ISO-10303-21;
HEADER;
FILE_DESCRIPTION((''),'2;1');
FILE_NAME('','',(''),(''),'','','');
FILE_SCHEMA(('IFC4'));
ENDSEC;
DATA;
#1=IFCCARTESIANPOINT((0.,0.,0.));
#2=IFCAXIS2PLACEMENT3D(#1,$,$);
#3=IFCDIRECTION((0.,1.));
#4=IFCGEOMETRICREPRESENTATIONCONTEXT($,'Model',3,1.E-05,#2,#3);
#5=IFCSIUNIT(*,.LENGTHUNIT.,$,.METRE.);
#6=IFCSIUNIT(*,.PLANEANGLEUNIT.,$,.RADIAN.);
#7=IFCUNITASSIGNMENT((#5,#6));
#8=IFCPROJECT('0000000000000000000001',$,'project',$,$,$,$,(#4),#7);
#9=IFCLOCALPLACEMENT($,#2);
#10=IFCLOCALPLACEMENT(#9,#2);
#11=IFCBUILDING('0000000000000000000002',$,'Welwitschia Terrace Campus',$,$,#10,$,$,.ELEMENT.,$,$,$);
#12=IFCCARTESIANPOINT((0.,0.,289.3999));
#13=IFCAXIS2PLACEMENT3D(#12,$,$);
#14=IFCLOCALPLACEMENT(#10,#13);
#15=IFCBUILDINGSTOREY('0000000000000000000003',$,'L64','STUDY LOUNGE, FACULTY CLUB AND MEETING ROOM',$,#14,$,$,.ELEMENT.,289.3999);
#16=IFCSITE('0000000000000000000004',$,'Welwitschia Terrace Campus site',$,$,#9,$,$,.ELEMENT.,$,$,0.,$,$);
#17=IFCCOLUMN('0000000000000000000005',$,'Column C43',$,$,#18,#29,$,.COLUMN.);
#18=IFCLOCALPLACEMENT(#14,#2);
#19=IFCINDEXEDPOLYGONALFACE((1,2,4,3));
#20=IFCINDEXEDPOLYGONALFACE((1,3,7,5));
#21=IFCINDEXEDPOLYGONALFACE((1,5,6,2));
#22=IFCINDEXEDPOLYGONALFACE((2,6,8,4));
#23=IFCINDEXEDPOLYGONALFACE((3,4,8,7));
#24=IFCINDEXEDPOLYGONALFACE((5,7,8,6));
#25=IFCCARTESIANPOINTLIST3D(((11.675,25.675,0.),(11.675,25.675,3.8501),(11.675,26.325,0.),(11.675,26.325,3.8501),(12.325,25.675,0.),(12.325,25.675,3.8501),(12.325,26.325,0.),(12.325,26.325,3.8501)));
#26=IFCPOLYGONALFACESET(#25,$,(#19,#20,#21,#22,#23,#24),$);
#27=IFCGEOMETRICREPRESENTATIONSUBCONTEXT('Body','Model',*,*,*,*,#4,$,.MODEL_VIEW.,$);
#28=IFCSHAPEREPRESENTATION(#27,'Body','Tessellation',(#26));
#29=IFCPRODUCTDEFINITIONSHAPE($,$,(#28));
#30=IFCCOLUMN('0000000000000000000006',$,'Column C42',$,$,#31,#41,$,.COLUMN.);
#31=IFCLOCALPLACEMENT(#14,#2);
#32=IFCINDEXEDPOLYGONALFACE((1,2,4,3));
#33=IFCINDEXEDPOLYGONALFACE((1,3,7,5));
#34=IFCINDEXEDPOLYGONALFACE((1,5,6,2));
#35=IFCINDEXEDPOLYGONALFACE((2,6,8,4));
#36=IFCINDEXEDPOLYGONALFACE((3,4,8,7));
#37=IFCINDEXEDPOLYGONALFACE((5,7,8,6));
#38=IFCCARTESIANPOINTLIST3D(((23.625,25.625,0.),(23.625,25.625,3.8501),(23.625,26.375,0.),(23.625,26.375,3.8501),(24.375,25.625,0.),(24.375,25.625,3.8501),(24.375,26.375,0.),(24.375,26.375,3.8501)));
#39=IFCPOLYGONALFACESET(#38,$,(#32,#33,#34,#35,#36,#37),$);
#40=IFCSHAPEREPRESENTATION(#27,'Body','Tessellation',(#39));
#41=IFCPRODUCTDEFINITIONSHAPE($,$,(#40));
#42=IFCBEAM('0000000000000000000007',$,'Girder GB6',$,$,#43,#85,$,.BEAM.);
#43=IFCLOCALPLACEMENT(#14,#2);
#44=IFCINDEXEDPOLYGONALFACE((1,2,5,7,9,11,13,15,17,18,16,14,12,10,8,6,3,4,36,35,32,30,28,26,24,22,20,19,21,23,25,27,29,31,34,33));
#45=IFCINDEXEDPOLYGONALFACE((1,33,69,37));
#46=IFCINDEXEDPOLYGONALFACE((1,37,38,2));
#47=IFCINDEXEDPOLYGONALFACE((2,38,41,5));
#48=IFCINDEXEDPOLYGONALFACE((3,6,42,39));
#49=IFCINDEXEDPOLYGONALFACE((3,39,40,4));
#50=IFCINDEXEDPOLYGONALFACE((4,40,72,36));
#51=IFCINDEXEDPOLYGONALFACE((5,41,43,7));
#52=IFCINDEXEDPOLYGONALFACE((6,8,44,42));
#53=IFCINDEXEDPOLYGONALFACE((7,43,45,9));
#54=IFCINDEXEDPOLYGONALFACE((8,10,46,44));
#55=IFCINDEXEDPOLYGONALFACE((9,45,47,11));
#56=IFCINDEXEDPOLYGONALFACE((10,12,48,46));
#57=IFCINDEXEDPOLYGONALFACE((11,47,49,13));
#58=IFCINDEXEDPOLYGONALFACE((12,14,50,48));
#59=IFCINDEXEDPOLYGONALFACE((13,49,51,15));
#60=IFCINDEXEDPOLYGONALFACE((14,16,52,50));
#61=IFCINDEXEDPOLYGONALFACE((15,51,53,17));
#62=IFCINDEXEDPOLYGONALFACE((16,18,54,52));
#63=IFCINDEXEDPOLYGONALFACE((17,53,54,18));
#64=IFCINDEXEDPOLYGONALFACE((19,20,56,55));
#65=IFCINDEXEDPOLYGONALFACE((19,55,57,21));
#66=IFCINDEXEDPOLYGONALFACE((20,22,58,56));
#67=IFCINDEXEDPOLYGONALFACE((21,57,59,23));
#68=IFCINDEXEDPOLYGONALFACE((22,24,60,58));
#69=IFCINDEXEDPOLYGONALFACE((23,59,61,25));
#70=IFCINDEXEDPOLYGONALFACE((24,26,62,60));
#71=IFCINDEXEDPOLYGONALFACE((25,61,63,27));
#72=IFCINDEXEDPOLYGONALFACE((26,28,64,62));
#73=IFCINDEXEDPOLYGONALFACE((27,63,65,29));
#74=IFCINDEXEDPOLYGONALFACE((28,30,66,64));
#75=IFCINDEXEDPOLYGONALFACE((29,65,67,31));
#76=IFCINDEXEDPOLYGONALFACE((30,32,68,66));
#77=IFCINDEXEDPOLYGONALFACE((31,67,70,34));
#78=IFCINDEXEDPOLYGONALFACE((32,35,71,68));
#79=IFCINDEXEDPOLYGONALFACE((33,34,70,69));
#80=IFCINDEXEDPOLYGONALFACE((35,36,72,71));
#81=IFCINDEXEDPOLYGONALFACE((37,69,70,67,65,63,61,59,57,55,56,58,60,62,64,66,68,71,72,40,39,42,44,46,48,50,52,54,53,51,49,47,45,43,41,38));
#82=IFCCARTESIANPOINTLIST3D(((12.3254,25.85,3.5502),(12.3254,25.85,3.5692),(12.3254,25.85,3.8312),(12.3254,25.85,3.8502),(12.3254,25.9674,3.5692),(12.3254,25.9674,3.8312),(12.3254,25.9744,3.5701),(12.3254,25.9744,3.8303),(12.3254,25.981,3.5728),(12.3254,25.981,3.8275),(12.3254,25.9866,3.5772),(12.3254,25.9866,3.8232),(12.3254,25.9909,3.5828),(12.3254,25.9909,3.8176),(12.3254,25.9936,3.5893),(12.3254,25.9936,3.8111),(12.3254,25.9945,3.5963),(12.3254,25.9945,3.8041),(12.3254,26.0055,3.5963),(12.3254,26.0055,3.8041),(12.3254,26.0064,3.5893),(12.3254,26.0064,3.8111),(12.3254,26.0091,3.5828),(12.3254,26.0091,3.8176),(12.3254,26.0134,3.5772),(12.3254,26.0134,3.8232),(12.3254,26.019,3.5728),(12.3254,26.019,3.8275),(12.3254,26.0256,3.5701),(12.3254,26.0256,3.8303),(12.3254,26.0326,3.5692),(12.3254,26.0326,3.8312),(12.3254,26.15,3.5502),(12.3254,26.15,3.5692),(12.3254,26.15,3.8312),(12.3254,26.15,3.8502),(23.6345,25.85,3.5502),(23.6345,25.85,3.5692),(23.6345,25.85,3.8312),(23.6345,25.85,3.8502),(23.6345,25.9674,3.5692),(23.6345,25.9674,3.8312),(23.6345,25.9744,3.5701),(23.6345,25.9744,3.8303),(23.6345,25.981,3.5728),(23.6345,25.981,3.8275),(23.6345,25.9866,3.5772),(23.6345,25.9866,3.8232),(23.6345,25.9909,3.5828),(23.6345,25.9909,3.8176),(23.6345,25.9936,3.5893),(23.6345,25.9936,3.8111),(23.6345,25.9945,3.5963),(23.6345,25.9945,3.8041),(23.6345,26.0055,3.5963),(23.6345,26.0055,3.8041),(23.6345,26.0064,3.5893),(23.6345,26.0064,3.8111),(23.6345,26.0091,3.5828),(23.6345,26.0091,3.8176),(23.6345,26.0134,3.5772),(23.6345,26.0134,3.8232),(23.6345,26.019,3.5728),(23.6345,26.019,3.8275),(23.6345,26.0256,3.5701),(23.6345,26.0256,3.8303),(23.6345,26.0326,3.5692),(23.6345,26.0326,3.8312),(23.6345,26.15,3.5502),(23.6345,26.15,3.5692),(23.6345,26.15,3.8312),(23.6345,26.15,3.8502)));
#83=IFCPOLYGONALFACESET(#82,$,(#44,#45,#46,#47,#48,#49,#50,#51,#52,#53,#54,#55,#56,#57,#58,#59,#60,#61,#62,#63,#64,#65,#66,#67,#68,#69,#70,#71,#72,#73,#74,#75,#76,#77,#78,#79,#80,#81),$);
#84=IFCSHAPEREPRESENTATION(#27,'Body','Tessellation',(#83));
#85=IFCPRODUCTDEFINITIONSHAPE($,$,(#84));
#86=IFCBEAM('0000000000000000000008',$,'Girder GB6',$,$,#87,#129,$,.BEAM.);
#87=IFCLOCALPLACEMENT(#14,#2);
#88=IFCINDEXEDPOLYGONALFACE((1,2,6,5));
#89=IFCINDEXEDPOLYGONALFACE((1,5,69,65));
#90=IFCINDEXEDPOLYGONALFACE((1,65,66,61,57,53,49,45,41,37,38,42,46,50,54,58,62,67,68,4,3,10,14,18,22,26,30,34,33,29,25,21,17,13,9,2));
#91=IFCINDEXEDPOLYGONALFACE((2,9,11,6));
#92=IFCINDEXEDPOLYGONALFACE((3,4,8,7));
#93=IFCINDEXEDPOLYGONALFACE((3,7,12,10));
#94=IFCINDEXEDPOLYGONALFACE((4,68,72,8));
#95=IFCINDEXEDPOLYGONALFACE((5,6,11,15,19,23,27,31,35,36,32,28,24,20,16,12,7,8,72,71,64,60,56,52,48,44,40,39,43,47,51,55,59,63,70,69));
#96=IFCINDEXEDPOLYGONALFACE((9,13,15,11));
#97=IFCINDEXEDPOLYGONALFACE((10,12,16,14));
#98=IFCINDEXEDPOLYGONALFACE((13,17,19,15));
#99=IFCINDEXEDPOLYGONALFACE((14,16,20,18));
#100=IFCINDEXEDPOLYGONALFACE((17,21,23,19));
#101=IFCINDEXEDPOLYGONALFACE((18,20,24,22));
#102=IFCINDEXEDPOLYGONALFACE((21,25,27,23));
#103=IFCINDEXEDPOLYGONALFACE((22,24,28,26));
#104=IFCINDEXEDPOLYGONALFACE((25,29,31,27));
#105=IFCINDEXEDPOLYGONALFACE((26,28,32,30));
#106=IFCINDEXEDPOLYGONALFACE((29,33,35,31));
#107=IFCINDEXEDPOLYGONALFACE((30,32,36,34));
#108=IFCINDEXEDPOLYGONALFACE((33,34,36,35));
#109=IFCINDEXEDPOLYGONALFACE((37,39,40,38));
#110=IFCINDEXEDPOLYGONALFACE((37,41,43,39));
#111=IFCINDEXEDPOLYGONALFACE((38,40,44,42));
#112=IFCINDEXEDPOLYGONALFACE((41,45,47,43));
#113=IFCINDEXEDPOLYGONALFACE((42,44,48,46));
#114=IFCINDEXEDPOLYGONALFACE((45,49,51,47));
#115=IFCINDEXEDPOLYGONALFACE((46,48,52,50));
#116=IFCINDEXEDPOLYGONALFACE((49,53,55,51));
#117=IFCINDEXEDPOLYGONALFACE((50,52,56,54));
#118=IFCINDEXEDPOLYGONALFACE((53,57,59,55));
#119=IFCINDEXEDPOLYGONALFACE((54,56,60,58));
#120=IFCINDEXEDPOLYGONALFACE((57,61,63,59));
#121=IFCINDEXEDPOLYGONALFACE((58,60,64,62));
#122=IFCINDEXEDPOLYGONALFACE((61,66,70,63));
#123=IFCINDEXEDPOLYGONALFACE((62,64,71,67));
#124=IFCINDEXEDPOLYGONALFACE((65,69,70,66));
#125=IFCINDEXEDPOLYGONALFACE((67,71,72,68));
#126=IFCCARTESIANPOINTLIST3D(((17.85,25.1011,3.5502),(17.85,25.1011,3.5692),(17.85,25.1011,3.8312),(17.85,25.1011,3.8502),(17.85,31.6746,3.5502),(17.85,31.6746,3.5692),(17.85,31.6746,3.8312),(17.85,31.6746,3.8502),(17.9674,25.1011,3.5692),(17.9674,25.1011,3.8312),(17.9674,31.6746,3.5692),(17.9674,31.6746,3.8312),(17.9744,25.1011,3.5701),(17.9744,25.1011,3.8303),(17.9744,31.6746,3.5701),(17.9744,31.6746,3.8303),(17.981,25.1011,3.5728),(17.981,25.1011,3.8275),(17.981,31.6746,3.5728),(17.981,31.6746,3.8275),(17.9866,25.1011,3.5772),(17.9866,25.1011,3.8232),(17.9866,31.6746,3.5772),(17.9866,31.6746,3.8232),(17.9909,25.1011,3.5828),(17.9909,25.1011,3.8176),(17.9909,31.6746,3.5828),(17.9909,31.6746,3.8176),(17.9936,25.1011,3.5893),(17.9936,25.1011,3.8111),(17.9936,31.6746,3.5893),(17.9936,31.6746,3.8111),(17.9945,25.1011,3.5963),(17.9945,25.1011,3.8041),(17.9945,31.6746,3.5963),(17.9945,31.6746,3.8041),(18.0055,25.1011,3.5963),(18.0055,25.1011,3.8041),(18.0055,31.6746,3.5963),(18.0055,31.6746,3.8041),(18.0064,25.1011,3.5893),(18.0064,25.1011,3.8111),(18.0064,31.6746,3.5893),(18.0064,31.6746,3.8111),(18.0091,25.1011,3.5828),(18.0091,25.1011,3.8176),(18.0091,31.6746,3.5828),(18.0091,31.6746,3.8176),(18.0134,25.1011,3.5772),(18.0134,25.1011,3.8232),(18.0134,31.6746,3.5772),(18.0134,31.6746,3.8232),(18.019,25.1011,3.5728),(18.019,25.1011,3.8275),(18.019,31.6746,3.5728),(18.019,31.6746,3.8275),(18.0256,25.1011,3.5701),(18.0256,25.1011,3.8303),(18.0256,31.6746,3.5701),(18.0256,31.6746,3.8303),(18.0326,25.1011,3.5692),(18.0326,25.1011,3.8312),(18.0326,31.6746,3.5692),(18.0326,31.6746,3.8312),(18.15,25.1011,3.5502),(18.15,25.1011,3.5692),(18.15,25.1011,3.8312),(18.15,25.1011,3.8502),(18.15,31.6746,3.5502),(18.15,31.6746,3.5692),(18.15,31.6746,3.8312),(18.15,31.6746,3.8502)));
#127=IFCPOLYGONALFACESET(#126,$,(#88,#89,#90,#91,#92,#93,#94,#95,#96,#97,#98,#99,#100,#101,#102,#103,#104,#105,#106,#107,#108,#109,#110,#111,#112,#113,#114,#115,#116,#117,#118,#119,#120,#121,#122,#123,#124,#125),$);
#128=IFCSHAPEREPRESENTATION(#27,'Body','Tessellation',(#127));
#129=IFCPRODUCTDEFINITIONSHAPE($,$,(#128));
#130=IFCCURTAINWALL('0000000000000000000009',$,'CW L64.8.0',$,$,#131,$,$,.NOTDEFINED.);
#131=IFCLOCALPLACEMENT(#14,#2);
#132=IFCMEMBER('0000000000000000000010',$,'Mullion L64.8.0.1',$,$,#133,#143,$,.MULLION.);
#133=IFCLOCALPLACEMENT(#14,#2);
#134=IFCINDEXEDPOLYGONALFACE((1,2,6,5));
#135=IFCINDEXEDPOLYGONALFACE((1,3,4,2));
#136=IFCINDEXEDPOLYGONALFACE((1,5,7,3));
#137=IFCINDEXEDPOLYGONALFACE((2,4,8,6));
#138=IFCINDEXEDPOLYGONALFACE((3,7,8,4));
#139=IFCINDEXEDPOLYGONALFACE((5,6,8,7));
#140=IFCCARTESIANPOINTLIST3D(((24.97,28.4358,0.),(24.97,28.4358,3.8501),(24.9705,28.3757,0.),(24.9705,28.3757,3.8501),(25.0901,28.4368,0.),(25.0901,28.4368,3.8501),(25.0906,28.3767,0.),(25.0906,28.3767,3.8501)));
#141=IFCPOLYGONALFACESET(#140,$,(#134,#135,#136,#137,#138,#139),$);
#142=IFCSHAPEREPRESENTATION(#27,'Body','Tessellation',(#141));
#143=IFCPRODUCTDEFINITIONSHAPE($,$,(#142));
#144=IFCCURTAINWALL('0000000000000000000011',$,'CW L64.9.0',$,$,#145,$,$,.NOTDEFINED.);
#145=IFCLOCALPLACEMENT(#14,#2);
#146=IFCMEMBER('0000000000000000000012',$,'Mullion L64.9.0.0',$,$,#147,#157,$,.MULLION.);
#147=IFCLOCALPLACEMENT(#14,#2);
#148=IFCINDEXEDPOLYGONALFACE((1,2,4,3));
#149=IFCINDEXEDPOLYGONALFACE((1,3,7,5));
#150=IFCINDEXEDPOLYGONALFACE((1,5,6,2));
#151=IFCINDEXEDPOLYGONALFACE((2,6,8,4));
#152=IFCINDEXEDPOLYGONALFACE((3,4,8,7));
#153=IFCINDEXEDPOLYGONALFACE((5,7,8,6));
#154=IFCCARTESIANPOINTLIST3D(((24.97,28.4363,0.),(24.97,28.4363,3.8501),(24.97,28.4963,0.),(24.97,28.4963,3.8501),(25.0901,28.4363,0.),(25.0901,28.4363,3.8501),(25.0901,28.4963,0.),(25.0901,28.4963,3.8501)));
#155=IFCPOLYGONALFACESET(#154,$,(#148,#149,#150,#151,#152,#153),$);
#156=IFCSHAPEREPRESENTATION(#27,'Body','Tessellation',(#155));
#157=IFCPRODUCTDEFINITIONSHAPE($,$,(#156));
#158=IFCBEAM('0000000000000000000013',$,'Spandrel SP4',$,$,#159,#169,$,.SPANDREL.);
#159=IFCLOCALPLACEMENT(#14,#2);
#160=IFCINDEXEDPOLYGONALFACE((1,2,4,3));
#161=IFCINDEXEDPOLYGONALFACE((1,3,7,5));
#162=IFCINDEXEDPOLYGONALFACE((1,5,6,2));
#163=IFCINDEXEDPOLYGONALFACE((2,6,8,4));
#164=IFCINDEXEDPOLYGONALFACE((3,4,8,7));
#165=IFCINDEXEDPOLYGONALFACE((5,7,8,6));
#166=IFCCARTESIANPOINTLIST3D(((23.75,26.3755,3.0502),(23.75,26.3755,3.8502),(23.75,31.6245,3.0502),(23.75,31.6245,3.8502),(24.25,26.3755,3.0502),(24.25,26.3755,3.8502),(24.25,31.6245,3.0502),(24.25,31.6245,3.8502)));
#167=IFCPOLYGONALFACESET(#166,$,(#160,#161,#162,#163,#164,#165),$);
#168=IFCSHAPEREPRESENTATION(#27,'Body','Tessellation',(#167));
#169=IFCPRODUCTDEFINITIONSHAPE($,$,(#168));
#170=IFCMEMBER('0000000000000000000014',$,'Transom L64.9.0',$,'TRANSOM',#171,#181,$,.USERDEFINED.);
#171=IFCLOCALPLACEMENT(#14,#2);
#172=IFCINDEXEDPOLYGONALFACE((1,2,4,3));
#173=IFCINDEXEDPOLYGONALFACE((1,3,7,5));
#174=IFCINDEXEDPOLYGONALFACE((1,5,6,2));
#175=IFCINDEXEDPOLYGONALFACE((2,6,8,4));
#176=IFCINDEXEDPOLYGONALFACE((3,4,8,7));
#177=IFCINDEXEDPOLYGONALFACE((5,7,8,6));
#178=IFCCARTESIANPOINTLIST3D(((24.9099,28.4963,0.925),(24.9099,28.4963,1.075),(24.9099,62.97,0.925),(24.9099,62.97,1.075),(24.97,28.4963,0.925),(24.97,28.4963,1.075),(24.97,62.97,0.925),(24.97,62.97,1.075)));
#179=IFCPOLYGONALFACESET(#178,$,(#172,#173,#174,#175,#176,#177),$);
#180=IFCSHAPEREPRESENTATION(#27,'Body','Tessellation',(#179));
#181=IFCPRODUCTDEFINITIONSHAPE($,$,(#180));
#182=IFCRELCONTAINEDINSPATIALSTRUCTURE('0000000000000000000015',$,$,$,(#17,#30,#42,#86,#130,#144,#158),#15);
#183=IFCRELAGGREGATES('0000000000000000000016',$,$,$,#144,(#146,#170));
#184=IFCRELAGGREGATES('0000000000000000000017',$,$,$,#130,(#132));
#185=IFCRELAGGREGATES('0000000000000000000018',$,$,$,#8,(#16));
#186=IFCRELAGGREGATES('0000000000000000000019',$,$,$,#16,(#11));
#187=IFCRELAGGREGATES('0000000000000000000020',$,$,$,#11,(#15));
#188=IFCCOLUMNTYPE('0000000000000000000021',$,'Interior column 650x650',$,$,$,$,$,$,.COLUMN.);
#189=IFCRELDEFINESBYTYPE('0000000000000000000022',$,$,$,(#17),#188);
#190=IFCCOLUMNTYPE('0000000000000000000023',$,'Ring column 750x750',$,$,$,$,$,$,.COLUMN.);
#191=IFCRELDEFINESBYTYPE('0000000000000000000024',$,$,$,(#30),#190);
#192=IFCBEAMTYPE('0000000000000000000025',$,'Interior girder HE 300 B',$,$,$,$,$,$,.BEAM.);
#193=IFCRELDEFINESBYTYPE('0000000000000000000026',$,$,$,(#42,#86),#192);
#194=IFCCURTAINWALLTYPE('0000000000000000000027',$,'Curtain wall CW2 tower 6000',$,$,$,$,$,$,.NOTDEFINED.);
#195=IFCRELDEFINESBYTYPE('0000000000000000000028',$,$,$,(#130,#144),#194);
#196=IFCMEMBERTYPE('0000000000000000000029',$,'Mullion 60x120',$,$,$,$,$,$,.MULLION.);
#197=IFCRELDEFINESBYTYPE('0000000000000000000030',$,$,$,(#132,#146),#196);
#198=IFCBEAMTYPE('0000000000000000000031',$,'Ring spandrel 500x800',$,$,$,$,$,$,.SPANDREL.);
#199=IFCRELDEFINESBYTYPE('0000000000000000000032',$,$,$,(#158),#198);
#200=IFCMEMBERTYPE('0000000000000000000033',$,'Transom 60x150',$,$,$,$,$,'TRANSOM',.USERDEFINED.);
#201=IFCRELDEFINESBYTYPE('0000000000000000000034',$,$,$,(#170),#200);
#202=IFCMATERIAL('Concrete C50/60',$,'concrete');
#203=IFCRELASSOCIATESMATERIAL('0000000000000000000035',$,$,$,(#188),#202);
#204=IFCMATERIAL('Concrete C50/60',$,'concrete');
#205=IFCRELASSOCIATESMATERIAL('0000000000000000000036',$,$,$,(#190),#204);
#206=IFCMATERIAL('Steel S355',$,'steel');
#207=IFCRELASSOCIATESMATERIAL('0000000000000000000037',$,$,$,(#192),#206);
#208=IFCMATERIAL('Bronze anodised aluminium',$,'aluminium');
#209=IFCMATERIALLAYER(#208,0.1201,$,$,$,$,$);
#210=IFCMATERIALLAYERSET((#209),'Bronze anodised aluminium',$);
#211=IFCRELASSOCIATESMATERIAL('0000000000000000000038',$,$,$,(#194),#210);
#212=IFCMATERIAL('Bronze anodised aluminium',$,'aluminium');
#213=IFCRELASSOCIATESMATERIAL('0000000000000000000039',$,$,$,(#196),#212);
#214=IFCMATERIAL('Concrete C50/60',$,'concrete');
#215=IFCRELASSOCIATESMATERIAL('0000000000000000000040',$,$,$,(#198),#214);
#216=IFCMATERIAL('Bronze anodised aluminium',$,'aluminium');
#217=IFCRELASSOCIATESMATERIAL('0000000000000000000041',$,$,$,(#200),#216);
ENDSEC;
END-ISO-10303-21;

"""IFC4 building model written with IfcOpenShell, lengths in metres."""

from ifc_helpers import new_model, si_unit, direction, frame, origin, origin_2d, place, context, subcontext, project, spatial, rectangle, i_section, extrude, material, layer, layer_set, material_profile, profile_set, type_object, element, aggregate, save


model = new_model("IFC4")

# Units and contexts
model_context = context("Model", 3, precision=1e-05, world=origin(), true_north=direction((0.0, 1.0)))
body_context = subcontext(model_context, "Body", "Model", "MODEL_VIEW")
ifc_project = project(units=[si_unit("LENGTHUNIT", "METRE"), si_unit("PLANEANGLEUNIT", "RADIAN")], contexts=[model_context])

# Site, building, storey
site_placement = place(None, origin())
site = spatial("IfcSite", under=ifc_project, at=site_placement, Name="Welwitschia Terrace Campus site", CompositionType="ELEMENT", RefElevation=0.0)
building_placement = place(site_placement, origin())
building = spatial("IfcBuilding", under=site, at=building_placement, Name="Welwitschia Terrace Campus", CompositionType="ELEMENT")
storey_placement = place(building_placement, frame((0.0, 0.0, 289.3999)))
storey = spatial("IfcBuildingStorey", under=building, at=storey_placement, Name="L64", Description="STUDY LOUNGE, FACULTY CLUB AND MEETING ROOM", CompositionType="ELEMENT", Elevation=289.3999)

# Columns
ifc_material_1 = material(Name="Concrete C50/60", Category="concrete")
ifc_material_profile_1 = material_profile(ifc_material_1, rectangle(XDim=0.6499, YDim=0.6499, at=origin_2d()))
ifc_profile_set_1 = profile_set([ifc_material_profile_1], Name="Concrete C50/60")
column_type_1 = type_object("IfcColumnType", Name="Interior column 650x650", PredefinedType="COLUMN", material=ifc_profile_set_1)
column_1_placement = place(storey_placement, frame((12.0, 26.0, 0.0), z_axis=(0.0, 0.0, 1.0), x_axis=(1.0, 0.0, 0.0)))
element("IfcColumn", 1, at=column_1_placement, inside=storey, type_object=column_type_1, Name="Column C43", PredefinedType="COLUMN", context=body_context, shape_type="SweptSolid", body=[
    extrude(rectangle(XDim=0.6499, YDim=0.6499, at=origin_2d()), origin(), (0.0, 0.0, 1.0), 3.8501),
])
ifc_material_2 = material(Name="Concrete C50/60", Category="concrete")
ifc_material_profile_2 = material_profile(ifc_material_2, rectangle(XDim=0.75, YDim=0.75, at=origin_2d()))
ifc_profile_set_2 = profile_set([ifc_material_profile_2], Name="Concrete C50/60")
column_type_2 = type_object("IfcColumnType", Name="Ring column 750x750", PredefinedType="COLUMN", material=ifc_profile_set_2)
column_2_placement = place(storey_placement, frame((24.0, 26.0, 0.0), z_axis=(0.0, 0.0, 1.0), x_axis=(1.0, 0.0, 0.0)))
element("IfcColumn", 2, at=column_2_placement, inside=storey, type_object=column_type_2, Name="Column C42", PredefinedType="COLUMN", context=body_context, shape_type="SweptSolid", body=[
    extrude(rectangle(XDim=0.75, YDim=0.75, at=origin_2d()), origin(), (0.0, 0.0, 1.0), 3.8501),
])

# Beams
ifc_material_3 = material(Name="Steel S355", Category="steel")
ifc_material_profile_3 = material_profile(ifc_material_3, i_section(OverallWidth=0.3, OverallDepth=0.3, WebThickness=0.011, FlangeThickness=0.019, FilletRadius=0.0271, at=origin_2d()))
ifc_profile_set_3 = profile_set([ifc_material_profile_3], Name="Steel S355")
beam_type_1 = type_object("IfcBeamType", Name="Interior girder HE 300 B", PredefinedType="BEAM", material=ifc_profile_set_3)
beam_1_placement = place(storey_placement, frame((12.3254, 26.0, 3.7002), z_axis=(1.0, 0.0, 0.0), x_axis=(0.0, 1.0, 0.0)))
element("IfcBeam", 3, at=beam_1_placement, inside=storey, type_object=beam_type_1, Name="Girder GB6", PredefinedType="BEAM", context=body_context, shape_type="SweptSolid", body=[
    extrude(i_section(OverallWidth=0.3, OverallDepth=0.3, WebThickness=0.011, FlangeThickness=0.019, FilletRadius=0.0271, at=origin_2d()), origin(), (0.0, 0.0, 1.0), 11.3091),
])
beam_2_placement = place(storey_placement, frame((18.0, 25.1011, 3.7002), z_axis=(0.0, 1.0, 0.0), x_axis=(-1.0, 0.0, 0.0)))
element("IfcBeam", 4, at=beam_2_placement, inside=storey, type_object=beam_type_1, Name="Girder GB6", PredefinedType="BEAM", context=body_context, shape_type="SweptSolid", body=[
    extrude(i_section(OverallWidth=0.3, OverallDepth=0.3, WebThickness=0.011, FlangeThickness=0.019, FilletRadius=0.0271, at=origin_2d()), origin(), (0.0, 0.0, 1.0), 6.5735),
])

# Curtain walls, members
ifc_material_4 = material(Name="Bronze anodised aluminium", Category="aluminium")
ifc_layer_1 = layer(ifc_material_4, 0.1201)
ifc_layer_set_1 = layer_set([ifc_layer_1], Name="Bronze anodised aluminium")
curtain_wall_type = type_object("IfcCurtainWallType", Name="Curtain wall CW2 tower 6000", PredefinedType="NOTDEFINED", material=ifc_layer_set_1)
curtain_wall_1_placement = place(storey_placement, origin())
curtain_wall_1 = element("IfcCurtainWall", 5, at=curtain_wall_1_placement, inside=storey, type_object=curtain_wall_type, Name="CW L64.8.0", PredefinedType="NOTDEFINED")
ifc_material_5 = material(Name="Bronze anodised aluminium", Category="aluminium")
ifc_material_profile_4 = material_profile(ifc_material_5, rectangle(XDim=0.1201, YDim=0.0601, at=origin_2d()))
ifc_profile_set_4 = profile_set([ifc_material_profile_4], Name="Bronze anodised aluminium")
member_type_1 = type_object("IfcMemberType", Name="Mullion 60x120", PredefinedType="MULLION", material=ifc_profile_set_4)
member_1_placement = place(storey_placement, frame((25.0303, 28.4062, 0.0), z_axis=(0.0, 0.0, 1.0), x_axis=(-0.999962, -0.008727, 0.0)))
member_1 = element("IfcMember", 6, at=member_1_placement, type_object=member_type_1, Name="Mullion L64.8.0.1", PredefinedType="MULLION", context=body_context, shape_type="SweptSolid", body=[
    extrude(rectangle(XDim=0.1201, YDim=0.0601, at=origin_2d()), origin(), (0.0, 0.0, 1.0), 3.8501),
])
curtain_wall_2_placement = place(storey_placement, origin())
curtain_wall_2 = element("IfcCurtainWall", 7, at=curtain_wall_2_placement, inside=storey, type_object=curtain_wall_type, Name="CW L64.9.0", PredefinedType="NOTDEFINED")
member_2_placement = place(storey_placement, frame((25.03, 28.4663, 0.0), z_axis=(0.0, 0.0, 1.0), x_axis=(-1.0, 0.0, 0.0)))
member_2 = element("IfcMember", 8, at=member_2_placement, type_object=member_type_1, Name="Mullion L64.9.0.0", PredefinedType="MULLION", context=body_context, shape_type="SweptSolid", body=[
    extrude(rectangle(XDim=0.1201, YDim=0.0601, at=origin_2d()), origin(), (0.0, 0.0, 1.0), 3.8501),
])

# Beam
ifc_material_6 = material(Name="Concrete C50/60", Category="concrete")
ifc_material_profile_5 = material_profile(ifc_material_6, rectangle(XDim=0.5, YDim=0.8, at=origin_2d()))
ifc_profile_set_5 = profile_set([ifc_material_profile_5], Name="Concrete C50/60")
beam_type_2 = type_object("IfcBeamType", Name="Ring spandrel 500x800", PredefinedType="SPANDREL", material=ifc_profile_set_5)
beam_3_placement = place(storey_placement, frame((24.0, 26.3755, 3.4502), z_axis=(0.0, 1.0, 0.0), x_axis=(-1.0, 0.0, 0.0)))
element("IfcBeam", 9, at=beam_3_placement, inside=storey, type_object=beam_type_2, Name="Spandrel SP4", PredefinedType="SPANDREL", context=body_context, shape_type="SweptSolid", body=[
    extrude(rectangle(XDim=0.5, YDim=0.8, at=origin_2d()), origin(), (0.0, 0.0, 1.0), 5.249),
])

# Member
ifc_material_7 = material(Name="Bronze anodised aluminium", Category="aluminium")
ifc_material_profile_6 = material_profile(ifc_material_7, rectangle(XDim=0.0601, YDim=0.1499, at=origin_2d()))
ifc_profile_set_6 = profile_set([ifc_material_profile_6], Name="Bronze anodised aluminium")
member_type_2 = type_object("IfcMemberType", Name="Transom 60x150", ElementType="TRANSOM", PredefinedType="USERDEFINED", material=ifc_profile_set_6)
member_3_placement = place(storey_placement, frame((24.9399, 28.4963, 1.0), z_axis=(0.0, 1.0, 0.0), x_axis=(-1.0, 0.0, 0.0)))
member_3 = element("IfcMember", 10, at=member_3_placement, type_object=member_type_2, Name="Transom L64.9.0", ObjectType="TRANSOM", PredefinedType="USERDEFINED", context=body_context, shape_type="SweptSolid", body=[
    extrude(rectangle(XDim=0.0601, YDim=0.1499, at=origin_2d()), origin(), (0.0, 0.0, 1.0), 34.4736),
])
aggregate(curtain_wall_2, [member_2, member_3])

aggregate(curtain_wall_1, [member_1])

save(model, "model.ifc")
